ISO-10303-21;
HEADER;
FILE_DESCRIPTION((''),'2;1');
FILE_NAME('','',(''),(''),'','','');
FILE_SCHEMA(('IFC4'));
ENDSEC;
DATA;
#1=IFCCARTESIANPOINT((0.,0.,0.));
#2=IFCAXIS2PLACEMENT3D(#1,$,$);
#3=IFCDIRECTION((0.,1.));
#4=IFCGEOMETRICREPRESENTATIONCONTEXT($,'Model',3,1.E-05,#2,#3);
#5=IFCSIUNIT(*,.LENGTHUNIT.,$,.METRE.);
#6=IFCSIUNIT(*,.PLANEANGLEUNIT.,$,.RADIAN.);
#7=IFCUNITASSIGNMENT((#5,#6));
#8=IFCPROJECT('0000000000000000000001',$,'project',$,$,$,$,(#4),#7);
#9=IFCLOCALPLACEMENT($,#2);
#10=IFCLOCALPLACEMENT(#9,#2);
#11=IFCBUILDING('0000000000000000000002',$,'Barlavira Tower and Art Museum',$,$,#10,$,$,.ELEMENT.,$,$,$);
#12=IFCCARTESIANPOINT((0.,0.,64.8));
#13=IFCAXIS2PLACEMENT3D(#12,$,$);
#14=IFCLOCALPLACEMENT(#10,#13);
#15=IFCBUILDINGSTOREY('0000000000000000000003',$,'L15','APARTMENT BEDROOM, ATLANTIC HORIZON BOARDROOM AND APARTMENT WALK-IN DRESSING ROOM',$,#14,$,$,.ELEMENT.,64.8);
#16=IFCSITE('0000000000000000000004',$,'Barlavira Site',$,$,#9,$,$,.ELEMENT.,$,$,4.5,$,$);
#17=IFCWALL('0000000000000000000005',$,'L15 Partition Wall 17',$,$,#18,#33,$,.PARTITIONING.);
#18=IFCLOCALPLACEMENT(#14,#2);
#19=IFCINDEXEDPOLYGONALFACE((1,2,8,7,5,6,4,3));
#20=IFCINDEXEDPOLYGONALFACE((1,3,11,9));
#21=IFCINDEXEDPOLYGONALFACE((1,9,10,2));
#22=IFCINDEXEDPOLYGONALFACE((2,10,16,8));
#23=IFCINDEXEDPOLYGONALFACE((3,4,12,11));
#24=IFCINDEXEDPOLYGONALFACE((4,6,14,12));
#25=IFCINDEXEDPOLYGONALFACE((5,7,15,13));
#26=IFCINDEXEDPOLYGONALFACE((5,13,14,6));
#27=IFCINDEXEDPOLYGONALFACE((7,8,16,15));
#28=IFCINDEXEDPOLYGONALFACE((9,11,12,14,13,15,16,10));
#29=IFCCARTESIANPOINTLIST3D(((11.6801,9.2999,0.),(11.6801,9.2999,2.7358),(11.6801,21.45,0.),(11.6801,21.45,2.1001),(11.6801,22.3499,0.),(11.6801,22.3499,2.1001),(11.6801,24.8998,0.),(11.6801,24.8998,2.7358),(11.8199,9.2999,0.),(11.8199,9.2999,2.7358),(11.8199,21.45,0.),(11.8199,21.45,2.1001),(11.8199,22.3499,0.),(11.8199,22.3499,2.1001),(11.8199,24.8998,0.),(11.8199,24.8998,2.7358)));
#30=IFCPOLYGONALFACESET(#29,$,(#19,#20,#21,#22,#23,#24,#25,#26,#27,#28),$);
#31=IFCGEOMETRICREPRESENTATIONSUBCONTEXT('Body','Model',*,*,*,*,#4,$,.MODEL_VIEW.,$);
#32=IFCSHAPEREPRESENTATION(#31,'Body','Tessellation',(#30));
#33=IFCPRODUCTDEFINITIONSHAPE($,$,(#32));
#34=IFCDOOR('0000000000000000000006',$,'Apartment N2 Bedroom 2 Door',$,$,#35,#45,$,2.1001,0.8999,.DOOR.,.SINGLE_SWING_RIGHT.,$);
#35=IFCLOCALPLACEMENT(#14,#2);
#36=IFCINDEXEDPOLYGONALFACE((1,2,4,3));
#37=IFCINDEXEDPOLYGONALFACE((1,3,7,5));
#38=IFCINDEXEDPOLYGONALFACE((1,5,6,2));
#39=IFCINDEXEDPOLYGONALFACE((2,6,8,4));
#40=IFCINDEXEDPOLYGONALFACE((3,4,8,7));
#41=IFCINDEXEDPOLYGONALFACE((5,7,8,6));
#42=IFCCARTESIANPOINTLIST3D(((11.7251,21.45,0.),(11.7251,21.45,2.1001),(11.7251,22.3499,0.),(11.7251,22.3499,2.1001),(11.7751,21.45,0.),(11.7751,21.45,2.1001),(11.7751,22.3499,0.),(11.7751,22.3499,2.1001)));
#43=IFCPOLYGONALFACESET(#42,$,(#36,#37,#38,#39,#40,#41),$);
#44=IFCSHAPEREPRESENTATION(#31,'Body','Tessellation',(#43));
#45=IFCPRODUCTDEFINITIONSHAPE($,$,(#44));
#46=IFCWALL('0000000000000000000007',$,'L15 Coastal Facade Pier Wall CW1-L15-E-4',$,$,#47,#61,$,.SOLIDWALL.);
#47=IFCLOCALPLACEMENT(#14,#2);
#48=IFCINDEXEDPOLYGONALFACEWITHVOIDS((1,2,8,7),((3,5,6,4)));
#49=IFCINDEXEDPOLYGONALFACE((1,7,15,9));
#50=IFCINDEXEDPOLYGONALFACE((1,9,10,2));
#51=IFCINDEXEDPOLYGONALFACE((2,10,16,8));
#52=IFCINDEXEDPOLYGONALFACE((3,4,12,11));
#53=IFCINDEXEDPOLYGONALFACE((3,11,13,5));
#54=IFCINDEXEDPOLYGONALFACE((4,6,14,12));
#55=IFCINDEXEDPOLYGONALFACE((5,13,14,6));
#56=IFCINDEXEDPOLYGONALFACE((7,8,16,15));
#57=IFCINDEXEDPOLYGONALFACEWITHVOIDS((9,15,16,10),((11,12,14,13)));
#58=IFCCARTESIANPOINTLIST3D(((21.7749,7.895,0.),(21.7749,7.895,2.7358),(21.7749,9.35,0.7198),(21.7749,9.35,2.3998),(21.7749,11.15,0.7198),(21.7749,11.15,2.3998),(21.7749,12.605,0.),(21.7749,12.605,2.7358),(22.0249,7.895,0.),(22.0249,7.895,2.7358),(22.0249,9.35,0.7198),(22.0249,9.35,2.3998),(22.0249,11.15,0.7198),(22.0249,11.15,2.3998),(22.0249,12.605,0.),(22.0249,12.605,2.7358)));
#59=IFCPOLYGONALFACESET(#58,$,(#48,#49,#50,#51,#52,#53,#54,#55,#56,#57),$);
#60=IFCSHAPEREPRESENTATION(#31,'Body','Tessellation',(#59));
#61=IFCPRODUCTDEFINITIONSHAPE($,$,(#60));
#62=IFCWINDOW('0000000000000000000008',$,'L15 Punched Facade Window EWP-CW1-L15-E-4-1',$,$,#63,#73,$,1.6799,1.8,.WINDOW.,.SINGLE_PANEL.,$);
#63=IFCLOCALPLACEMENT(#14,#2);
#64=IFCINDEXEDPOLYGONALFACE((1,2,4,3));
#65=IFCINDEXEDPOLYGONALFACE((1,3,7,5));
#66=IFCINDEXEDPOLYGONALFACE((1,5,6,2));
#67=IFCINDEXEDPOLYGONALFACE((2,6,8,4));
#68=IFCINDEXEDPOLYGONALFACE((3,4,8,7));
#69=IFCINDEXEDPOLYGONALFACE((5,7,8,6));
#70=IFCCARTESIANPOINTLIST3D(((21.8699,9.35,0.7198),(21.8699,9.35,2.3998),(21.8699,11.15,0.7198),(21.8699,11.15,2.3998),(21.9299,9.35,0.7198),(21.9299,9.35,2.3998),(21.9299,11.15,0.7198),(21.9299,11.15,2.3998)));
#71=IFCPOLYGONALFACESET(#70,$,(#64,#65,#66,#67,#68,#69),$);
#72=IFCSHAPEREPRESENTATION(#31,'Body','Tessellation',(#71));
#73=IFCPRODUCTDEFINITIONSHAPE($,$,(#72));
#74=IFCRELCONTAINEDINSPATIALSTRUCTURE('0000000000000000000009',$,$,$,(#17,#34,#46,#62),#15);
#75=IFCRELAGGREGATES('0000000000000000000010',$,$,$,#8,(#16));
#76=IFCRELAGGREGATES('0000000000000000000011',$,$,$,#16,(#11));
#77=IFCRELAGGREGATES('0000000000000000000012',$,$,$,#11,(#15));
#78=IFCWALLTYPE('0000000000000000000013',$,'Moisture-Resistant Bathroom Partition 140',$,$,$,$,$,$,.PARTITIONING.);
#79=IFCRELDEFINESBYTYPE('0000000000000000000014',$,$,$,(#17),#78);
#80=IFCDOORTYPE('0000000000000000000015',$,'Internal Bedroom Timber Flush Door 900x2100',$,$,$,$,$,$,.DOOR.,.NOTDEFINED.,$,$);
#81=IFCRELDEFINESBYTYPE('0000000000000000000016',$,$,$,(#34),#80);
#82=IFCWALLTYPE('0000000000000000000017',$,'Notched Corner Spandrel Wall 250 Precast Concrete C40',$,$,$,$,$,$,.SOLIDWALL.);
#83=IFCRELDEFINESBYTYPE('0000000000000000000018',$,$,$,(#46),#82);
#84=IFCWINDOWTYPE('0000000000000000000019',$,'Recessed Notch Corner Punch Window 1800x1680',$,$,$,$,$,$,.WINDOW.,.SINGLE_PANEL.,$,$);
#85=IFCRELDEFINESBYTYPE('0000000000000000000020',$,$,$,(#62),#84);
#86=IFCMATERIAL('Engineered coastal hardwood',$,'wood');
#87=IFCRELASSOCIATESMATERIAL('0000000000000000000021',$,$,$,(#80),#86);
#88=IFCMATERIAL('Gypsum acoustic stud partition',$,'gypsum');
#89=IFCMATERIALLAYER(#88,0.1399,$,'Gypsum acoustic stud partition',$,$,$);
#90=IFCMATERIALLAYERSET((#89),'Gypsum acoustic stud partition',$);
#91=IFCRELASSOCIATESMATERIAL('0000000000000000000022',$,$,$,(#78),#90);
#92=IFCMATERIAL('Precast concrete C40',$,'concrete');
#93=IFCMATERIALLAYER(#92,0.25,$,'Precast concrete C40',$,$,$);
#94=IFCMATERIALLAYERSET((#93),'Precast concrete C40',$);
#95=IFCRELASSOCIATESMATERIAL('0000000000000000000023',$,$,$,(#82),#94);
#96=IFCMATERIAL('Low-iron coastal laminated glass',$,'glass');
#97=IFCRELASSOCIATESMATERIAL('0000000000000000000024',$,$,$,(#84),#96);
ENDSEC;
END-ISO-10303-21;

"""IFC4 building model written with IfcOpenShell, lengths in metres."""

from ifc_helpers import new_model, si_unit, direction, frame, frame_2d, origin, place, context, subcontext, project, spatial, rectangle, extrude, material, layer, layer_set, type_object, element, fill, save


model = new_model("IFC4")

# Units and contexts
model_context = context("Model", 3, precision=1e-05, world=origin(), true_north=direction((0.0, 1.0)))
body_context = subcontext(model_context, "Body", "Model", "MODEL_VIEW")
ifc_project = project(units=[si_unit("LENGTHUNIT", "METRE"), si_unit("PLANEANGLEUNIT", "RADIAN")], contexts=[model_context])

# Site, building, storey
site_placement = place(None, origin())
site = spatial("IfcSite", under=ifc_project, at=site_placement, Name="Barlavira Site", CompositionType="ELEMENT", RefElevation=4.5)
building_placement = place(site_placement, origin())
building = spatial("IfcBuilding", under=site, at=building_placement, Name="Barlavira Tower and Art Museum", CompositionType="ELEMENT")
storey_placement = place(building_placement, frame((0.0, 0.0, 64.8)))
storey = spatial("IfcBuildingStorey", under=building, at=storey_placement, Name="L15", Description="APARTMENT BEDROOM, ATLANTIC HORIZON BOARDROOM AND APARTMENT WALK-IN DRESSING ROOM", CompositionType="ELEMENT", Elevation=64.8)

# Shared definitions
ifc_material_1 = material(Name="Low-iron coastal laminated glass", Category="glass")

# Shared definitions
ifc_material_2 = material(Name="Gypsum acoustic stud partition", Category="gypsum")
ifc_material_3 = material(Name="Engineered coastal hardwood", Category="wood")
door_type_1 = type_object("IfcDoorType", Name="Internal Bedroom Timber Flush Door 900x2100", OperationType="NOTDEFINED", PredefinedType="DOOR", material=ifc_material_3)

# Wall, opening, door
ifc_layer_1 = layer(ifc_material_2, 0.1399, Name="Gypsum acoustic stud partition")
ifc_layer_set_1 = layer_set([ifc_layer_1], Name="Gypsum acoustic stud partition")
wall_type_1 = type_object("IfcWallType", Name="Moisture-Resistant Bathroom Partition 140", PredefinedType="PARTITIONING", material=ifc_layer_set_1)
wall_1_placement = place(storey_placement, frame((11.75, 9.3, 0.0), z_axis=(0.0, 0.0, 1.0), x_axis=(0.0, 1.0, 0.0)))
wall_1 = element("IfcWall", 1, at=wall_1_placement, inside=storey, type_object=wall_type_1, Name="L15 Partition Wall 17", PredefinedType="PARTITIONING", context=body_context, shape_type="SweptSolid", body=[
    extrude(rectangle(XDim=15.5999, YDim=0.1399, at=frame_2d((7.7998, 0.0))), origin(), (0.0, 0.0, 1.0), 2.7358),
])
opening_1_placement = place(wall_1_placement, frame((12.1499, 0.0, 0.0)))
opening_1 = element("IfcOpeningElement", 2, at=opening_1_placement, cuts=wall_1, PredefinedType="OPENING", context=body_context, shape_type="SweptSolid", body=[
    extrude(rectangle(XDim=0.8999, YDim=2.1001, at=frame_2d((0.45, 1.05))), frame((0.0, 0.0801, 0.0), z_axis=(0.0, -1.0, 0.0), x_axis=(1.0, 0.0, 0.0)), (0.0, 0.0, 1.0), 0.1599),
])
door_1_placement = place(opening_1_placement, origin())
door_1 = element("IfcDoor", 3, at=door_1_placement, inside=storey, type_object=door_type_1, Name="Apartment N2 Bedroom 2 Door", OperationType="SINGLE_SWING_RIGHT", OverallHeight=2.1001, OverallWidth=0.8999, PredefinedType="DOOR", context=body_context, shape_type="SweptSolid", body=[
    extrude(rectangle(XDim=0.8999, YDim=2.1001, at=frame_2d((0.45, 1.05))), frame((0.0, 0.0249, 0.0), z_axis=(0.0, -1.0, 0.0), x_axis=(1.0, 0.0, 0.0)), (0.0, 0.0, 1.0), 0.05),
])
fill(opening_1, door_1)

# Wall, opening, window
ifc_material_4 = material(Name="Precast concrete C40", Category="concrete")
ifc_layer_2 = layer(ifc_material_4, 0.25, Name="Precast concrete C40")
ifc_layer_set_2 = layer_set([ifc_layer_2], Name="Precast concrete C40")
wall_type_2 = type_object("IfcWallType", Name="Notched Corner Spandrel Wall 250 Precast Concrete C40", PredefinedType="SOLIDWALL", material=ifc_layer_set_2)
wall_2_placement = place(storey_placement, frame((21.8999, 7.895, 0.0), z_axis=(0.0, 0.0, 1.0), x_axis=(0.0, 1.0, 0.0)))
wall_2 = element("IfcWall", 4, at=wall_2_placement, inside=storey, type_object=wall_type_2, Name="L15 Coastal Facade Pier Wall CW1-L15-E-4", PredefinedType="SOLIDWALL", context=body_context, shape_type="SweptSolid", body=[
    extrude(rectangle(XDim=4.71, YDim=0.25, at=frame_2d((2.355, 0.0))), origin(), (0.0, 0.0, 1.0), 2.7358),
])
opening_2_placement = place(wall_2_placement, frame((1.4551, 0.0, 0.72)))
opening_2 = element("IfcOpeningElement", 5, at=opening_2_placement, cuts=wall_2, PredefinedType="OPENING", context=body_context, shape_type="SweptSolid", body=[
    extrude(rectangle(XDim=1.8, YDim=1.6799, at=frame_2d((0.8999, 0.8398))), frame((0.0, 0.135, 0.0), z_axis=(0.0, -1.0, 0.0), x_axis=(1.0, 0.0, 0.0)), (0.0, 0.0, 1.0), 0.27),
])
window_type = type_object("IfcWindowType", Name="Recessed Notch Corner Punch Window 1800x1680", PartitioningType="SINGLE_PANEL", PredefinedType="WINDOW", material=ifc_material_1)
window_placement = place(opening_2_placement, origin())
window = element("IfcWindow", 6, at=window_placement, inside=storey, type_object=window_type, Name="L15 Punched Facade Window EWP-CW1-L15-E-4-1", OverallHeight=1.6799, OverallWidth=1.8, PartitioningType="SINGLE_PANEL", PredefinedType="WINDOW", context=body_context, shape_type="SweptSolid", body=[
    extrude(rectangle(XDim=1.8, YDim=1.6799, at=frame_2d((0.8999, 0.8398))), frame((0.0, 0.03, 0.0), z_axis=(0.0, -1.0, 0.0), x_axis=(1.0, 0.0, 0.0)), (0.0, 0.0, 1.0), 0.0601),
])
fill(opening_2, window)

save(model, "model.ifc")
